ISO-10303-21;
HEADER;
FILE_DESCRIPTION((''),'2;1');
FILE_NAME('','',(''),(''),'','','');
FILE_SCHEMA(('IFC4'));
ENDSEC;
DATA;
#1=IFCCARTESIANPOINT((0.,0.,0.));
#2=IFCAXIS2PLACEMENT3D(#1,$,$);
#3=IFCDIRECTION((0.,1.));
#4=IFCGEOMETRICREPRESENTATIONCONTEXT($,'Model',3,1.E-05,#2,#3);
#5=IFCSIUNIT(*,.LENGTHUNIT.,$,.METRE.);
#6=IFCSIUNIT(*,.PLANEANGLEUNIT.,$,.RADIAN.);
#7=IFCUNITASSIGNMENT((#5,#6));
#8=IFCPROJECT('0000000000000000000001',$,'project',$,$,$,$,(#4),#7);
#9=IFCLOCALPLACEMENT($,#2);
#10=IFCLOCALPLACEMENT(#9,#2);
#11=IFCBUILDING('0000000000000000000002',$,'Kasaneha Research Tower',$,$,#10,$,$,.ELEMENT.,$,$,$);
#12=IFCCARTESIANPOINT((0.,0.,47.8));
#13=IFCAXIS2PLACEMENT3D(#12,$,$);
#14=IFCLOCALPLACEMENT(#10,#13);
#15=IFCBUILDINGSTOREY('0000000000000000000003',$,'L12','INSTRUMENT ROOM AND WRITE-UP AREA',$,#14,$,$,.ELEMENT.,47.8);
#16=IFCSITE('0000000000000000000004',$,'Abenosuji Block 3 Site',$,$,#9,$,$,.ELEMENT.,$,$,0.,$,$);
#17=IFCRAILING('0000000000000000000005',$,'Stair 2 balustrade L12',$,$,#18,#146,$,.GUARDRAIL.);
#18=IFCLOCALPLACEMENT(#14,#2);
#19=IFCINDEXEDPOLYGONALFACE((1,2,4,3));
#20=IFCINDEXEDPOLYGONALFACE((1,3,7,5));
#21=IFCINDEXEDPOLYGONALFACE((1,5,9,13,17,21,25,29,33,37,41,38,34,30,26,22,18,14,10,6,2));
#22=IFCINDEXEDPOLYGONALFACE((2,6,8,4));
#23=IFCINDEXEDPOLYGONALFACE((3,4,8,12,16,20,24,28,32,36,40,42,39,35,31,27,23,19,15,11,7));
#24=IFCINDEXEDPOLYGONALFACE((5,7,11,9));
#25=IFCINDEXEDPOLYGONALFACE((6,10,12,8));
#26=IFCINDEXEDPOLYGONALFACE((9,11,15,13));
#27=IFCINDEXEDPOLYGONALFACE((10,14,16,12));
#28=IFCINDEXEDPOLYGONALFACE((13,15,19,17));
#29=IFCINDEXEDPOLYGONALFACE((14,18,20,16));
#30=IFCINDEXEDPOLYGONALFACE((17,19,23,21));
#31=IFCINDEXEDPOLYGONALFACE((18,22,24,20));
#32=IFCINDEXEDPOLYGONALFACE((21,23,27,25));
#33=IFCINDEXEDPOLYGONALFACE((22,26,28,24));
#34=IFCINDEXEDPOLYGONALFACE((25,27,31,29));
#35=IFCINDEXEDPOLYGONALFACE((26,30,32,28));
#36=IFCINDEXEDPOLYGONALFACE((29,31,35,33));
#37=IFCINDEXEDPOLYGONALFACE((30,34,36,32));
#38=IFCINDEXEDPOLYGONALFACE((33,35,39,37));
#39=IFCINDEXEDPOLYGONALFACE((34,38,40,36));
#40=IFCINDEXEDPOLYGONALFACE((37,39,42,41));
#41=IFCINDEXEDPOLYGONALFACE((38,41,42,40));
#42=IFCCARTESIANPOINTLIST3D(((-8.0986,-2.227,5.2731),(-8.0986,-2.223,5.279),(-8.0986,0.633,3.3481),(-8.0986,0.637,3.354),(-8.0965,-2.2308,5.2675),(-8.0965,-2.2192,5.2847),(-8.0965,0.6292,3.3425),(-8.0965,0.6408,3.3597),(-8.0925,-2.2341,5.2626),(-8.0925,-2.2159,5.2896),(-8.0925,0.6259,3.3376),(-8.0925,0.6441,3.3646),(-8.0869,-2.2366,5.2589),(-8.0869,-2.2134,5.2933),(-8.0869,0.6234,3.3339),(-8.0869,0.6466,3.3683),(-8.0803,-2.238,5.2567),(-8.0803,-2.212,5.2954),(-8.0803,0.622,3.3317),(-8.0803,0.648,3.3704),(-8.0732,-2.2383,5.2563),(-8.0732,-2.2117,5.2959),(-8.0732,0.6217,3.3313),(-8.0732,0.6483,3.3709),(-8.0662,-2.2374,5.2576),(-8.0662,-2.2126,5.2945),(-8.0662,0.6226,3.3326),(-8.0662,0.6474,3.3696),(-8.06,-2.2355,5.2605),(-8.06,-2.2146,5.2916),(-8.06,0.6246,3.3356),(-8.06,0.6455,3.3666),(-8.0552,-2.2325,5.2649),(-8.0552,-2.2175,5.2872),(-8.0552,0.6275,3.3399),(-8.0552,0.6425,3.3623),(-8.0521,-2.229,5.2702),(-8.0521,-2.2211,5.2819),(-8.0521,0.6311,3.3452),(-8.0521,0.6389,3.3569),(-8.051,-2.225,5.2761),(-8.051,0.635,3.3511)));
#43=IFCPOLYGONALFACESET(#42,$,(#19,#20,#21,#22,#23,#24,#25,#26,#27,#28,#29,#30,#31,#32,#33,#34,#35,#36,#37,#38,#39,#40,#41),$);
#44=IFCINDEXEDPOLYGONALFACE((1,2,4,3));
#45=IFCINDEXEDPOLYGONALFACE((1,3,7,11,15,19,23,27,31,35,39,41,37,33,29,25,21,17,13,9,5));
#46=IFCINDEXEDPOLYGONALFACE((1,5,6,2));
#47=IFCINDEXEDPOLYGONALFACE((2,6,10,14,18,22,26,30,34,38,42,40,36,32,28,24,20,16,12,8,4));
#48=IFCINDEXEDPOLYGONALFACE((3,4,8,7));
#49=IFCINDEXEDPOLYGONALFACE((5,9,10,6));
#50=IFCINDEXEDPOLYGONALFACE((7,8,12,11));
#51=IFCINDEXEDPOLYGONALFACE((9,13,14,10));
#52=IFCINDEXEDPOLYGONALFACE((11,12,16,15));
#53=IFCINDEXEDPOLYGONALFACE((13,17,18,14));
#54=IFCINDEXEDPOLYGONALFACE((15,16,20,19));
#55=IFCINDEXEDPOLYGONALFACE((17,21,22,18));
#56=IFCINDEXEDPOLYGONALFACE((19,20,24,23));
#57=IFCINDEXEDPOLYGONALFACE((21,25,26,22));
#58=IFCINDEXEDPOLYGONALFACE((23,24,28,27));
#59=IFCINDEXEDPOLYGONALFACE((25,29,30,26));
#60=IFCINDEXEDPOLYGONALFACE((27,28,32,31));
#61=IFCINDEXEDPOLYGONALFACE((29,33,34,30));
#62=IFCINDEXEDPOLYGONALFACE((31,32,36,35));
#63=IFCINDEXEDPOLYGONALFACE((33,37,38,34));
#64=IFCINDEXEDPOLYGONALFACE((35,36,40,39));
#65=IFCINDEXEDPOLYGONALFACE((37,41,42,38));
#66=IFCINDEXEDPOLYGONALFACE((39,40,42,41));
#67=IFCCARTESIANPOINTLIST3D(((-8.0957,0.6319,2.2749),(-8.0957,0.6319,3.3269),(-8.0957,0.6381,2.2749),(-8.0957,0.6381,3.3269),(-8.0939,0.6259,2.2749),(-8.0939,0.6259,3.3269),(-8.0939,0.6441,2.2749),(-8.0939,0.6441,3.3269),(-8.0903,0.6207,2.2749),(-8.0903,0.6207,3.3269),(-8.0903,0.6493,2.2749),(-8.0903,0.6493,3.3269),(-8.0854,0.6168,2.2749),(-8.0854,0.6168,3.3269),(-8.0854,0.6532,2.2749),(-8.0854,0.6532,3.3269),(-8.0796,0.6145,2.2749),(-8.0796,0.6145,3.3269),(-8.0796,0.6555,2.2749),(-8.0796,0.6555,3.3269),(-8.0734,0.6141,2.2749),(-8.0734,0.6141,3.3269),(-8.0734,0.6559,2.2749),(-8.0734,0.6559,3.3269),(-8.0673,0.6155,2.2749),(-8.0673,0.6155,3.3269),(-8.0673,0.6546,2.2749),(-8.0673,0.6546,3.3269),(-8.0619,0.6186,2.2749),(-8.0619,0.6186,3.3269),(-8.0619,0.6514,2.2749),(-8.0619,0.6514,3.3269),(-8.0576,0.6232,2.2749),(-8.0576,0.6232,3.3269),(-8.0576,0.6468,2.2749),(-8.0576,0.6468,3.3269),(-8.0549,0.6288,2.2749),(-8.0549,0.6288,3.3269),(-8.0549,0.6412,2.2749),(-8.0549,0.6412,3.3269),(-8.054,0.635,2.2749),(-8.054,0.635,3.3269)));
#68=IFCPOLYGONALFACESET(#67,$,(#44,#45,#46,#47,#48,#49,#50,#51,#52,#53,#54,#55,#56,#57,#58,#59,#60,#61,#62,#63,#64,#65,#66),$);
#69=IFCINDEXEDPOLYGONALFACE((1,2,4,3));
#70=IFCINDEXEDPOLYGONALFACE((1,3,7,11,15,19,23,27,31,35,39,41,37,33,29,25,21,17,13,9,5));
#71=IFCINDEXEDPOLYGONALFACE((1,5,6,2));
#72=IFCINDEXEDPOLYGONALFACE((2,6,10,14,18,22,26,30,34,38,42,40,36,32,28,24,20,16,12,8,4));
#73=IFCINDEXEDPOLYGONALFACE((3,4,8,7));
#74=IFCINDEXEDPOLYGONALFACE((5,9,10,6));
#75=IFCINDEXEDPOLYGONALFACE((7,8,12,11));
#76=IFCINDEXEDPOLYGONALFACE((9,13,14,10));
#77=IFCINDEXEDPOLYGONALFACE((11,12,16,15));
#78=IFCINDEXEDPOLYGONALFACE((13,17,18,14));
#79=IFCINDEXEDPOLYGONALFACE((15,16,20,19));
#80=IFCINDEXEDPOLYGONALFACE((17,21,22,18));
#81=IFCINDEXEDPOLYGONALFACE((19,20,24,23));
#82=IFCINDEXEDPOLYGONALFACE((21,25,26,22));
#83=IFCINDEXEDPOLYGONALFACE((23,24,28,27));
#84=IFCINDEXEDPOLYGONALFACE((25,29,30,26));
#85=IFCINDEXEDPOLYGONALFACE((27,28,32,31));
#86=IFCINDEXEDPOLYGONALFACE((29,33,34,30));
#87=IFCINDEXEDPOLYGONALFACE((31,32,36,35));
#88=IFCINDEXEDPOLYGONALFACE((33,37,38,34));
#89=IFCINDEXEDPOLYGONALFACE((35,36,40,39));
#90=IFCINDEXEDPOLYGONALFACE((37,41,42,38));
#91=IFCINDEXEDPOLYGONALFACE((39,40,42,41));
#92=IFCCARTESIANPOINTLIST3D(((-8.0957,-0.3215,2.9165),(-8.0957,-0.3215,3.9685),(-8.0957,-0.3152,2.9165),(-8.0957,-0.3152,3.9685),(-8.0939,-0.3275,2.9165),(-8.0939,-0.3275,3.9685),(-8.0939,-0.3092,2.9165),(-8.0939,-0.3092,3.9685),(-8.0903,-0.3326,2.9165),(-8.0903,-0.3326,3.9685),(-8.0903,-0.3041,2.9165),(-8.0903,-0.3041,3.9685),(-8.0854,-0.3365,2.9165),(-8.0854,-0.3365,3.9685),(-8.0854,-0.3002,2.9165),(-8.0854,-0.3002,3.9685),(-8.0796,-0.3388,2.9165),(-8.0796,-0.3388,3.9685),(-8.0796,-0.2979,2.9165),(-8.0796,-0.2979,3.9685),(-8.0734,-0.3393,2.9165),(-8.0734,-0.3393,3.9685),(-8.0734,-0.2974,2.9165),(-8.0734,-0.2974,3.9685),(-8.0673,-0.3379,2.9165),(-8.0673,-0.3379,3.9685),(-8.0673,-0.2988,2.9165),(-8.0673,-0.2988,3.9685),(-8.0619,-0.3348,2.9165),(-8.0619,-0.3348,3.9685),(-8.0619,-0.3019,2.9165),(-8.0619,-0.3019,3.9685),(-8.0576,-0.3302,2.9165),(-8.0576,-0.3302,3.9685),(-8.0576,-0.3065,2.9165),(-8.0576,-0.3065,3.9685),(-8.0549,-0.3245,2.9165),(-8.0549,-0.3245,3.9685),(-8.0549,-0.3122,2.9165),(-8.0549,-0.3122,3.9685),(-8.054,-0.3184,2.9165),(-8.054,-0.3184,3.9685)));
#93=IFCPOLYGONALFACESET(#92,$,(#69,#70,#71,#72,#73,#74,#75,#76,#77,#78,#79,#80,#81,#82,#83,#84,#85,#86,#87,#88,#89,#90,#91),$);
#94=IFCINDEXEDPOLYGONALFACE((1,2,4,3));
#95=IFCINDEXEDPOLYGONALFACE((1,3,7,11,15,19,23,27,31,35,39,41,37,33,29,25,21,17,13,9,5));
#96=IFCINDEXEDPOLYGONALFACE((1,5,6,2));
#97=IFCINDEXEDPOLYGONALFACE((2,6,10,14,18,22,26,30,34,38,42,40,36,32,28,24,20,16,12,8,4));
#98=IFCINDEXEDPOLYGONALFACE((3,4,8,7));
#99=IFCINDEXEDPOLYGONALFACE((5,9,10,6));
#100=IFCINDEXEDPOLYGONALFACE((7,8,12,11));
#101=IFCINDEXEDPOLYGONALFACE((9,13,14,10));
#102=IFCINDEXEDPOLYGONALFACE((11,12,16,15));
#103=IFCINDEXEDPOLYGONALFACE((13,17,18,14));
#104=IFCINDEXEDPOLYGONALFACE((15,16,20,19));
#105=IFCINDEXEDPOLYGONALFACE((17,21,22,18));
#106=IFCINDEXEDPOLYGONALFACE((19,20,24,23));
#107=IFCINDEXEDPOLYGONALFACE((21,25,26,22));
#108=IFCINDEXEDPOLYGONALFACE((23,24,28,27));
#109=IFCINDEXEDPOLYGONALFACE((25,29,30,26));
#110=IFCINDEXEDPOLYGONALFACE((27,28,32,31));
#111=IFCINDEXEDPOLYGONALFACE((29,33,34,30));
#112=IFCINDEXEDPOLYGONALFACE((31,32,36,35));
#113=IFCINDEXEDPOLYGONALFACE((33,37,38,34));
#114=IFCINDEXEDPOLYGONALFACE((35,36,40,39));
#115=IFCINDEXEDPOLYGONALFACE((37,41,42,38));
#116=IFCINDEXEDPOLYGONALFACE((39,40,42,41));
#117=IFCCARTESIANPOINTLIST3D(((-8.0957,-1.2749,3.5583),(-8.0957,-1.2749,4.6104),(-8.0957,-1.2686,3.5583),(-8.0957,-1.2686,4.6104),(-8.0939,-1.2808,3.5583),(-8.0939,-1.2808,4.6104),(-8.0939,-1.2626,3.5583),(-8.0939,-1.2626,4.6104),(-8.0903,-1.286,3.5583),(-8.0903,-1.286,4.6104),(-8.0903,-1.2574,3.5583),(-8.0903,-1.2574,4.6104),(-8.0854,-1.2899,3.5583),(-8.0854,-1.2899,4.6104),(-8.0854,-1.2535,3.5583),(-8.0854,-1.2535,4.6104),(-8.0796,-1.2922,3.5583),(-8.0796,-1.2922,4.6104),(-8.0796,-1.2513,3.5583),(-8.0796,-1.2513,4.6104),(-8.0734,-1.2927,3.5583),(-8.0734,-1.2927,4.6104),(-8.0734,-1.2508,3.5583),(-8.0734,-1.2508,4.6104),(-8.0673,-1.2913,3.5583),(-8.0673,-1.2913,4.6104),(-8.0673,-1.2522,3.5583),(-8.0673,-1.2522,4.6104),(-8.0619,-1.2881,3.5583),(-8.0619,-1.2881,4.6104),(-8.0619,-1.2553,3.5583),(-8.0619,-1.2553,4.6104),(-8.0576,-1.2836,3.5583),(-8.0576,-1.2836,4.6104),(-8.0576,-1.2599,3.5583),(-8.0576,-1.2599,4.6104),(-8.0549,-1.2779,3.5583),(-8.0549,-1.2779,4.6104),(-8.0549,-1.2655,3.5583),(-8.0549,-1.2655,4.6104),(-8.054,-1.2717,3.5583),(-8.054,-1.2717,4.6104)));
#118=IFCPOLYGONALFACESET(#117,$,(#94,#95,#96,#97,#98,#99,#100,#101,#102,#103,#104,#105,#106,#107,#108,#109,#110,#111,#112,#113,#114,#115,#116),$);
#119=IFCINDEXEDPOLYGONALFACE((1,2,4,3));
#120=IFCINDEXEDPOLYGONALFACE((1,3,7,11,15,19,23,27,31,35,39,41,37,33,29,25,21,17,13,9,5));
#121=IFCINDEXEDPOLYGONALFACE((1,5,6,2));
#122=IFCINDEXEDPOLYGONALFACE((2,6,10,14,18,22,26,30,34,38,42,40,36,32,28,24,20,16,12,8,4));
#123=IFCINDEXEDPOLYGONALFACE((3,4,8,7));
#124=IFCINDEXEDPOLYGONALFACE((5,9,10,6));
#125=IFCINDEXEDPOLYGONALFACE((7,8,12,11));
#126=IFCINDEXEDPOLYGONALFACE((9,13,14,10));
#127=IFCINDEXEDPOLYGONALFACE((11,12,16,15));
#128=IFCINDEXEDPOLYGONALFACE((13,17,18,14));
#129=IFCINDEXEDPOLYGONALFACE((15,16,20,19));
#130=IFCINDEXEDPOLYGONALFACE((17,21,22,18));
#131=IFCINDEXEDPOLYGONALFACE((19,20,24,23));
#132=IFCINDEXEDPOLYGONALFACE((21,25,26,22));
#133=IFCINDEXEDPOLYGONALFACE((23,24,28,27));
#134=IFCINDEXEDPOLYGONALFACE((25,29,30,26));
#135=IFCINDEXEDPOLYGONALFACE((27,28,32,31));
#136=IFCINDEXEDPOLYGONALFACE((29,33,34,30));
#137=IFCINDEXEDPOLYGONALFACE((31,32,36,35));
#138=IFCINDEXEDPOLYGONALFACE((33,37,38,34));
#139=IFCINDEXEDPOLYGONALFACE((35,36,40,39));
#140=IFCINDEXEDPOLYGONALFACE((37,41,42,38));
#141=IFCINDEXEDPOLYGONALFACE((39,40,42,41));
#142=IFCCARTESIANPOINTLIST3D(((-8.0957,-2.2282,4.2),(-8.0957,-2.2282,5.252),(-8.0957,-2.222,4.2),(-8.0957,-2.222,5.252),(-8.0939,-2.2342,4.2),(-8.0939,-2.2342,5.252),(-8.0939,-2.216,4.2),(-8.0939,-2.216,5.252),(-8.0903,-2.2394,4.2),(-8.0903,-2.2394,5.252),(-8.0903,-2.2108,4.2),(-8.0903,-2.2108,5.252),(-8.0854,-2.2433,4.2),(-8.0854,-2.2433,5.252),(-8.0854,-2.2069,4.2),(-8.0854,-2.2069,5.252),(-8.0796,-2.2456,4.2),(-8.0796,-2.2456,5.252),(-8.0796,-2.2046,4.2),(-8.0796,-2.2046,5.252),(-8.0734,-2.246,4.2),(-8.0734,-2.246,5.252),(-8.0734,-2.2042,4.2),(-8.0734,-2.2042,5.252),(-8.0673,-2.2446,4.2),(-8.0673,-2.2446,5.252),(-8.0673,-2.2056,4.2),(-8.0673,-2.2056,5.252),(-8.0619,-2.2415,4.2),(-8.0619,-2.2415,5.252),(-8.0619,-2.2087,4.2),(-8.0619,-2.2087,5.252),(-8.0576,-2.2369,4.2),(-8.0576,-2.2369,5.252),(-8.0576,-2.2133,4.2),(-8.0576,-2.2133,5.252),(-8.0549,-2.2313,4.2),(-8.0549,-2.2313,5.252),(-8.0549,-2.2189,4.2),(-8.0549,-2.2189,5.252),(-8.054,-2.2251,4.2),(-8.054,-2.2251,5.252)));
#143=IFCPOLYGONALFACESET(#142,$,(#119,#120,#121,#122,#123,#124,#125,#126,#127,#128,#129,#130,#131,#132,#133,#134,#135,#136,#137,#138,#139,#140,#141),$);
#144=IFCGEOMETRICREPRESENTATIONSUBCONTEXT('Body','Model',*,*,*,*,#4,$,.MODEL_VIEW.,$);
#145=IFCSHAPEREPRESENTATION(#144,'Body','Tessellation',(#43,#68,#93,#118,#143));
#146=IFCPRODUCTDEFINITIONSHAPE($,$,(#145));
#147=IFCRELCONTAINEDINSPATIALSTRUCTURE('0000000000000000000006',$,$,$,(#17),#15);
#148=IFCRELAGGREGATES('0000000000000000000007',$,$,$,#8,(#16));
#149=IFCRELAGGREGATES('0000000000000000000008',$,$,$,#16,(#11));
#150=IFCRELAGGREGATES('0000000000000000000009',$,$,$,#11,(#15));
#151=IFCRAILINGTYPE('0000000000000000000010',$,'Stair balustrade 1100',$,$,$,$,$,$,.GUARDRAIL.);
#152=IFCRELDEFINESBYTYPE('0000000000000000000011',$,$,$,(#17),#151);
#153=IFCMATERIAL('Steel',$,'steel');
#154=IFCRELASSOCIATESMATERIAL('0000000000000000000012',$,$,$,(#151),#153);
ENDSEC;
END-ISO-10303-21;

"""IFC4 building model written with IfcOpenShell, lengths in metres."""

from ifc_helpers import new_model, si_unit, direction, frame, origin, origin_2d, place, context, subcontext, project, spatial, circle, extrude, material, type_object, element, save


model = new_model("IFC4")

# Units and contexts
model_context = context("Model", 3, precision=1e-05, world=origin(), true_north=direction((0.0, 1.0)))
body_context = subcontext(model_context, "Body", "Model", "MODEL_VIEW")
ifc_project = project(units=[si_unit("LENGTHUNIT", "METRE"), si_unit("PLANEANGLEUNIT", "RADIAN")], contexts=[model_context])

# Site, building, storey
site_placement = place(None, origin())
site = spatial("IfcSite", under=ifc_project, at=site_placement, Name="Abenosuji Block 3 Site", CompositionType="ELEMENT", RefElevation=0.0)
building_placement = place(site_placement, origin())
building = spatial("IfcBuilding", under=site, at=building_placement, Name="Kasaneha Research Tower", CompositionType="ELEMENT")
storey_placement = place(building_placement, frame((0.0, 0.0, 47.8)))
storey = spatial("IfcBuildingStorey", under=building, at=storey_placement, Name="L12", Description="INSTRUMENT ROOM AND WRITE-UP AREA", CompositionType="ELEMENT", Elevation=47.8)

# Railing
ifc_material_1 = material(Name="Steel", Category="steel")
railing_type_1 = type_object("IfcRailingType", Name="Stair balustrade 1100", PredefinedType="GUARDRAIL", material=ifc_material_1)
railing_1_placement = place(storey_placement, frame((-8.075, 0.635, 2.2749)))
element("IfcRailing", 1, at=railing_1_placement, inside=storey, type_object=railing_type_1, Name="Stair 2 balustrade L12", PredefinedType="GUARDRAIL", context=body_context, shape_type="SweptSolid", body=[
    extrude(circle(Radius=0.0239, at=origin_2d()), frame((0.0, 0.0, 1.0762), z_axis=(0.0, -0.829591, 0.558372), x_axis=(1.0, 0.0, 0.0)), (0.0, 0.0, 1.0), 3.4475),
    extrude(circle(Radius=0.021, at=origin_2d()), origin(), (0.0, 0.0, 1.0), 1.052),
    extrude(circle(Radius=0.021, at=origin_2d()), frame((0.0, -0.9534, 0.6416)), (0.0, 0.0, 1.0), 1.052),
    extrude(circle(Radius=0.021, at=origin_2d()), frame((0.0, -1.9067, 1.2834)), (0.0, 0.0, 1.0), 1.052),
    extrude(circle(Radius=0.021, at=origin_2d()), frame((0.0, -2.8601, 1.925)), (0.0, 0.0, 1.0), 1.052),
])

save(model, "model.ifc")
